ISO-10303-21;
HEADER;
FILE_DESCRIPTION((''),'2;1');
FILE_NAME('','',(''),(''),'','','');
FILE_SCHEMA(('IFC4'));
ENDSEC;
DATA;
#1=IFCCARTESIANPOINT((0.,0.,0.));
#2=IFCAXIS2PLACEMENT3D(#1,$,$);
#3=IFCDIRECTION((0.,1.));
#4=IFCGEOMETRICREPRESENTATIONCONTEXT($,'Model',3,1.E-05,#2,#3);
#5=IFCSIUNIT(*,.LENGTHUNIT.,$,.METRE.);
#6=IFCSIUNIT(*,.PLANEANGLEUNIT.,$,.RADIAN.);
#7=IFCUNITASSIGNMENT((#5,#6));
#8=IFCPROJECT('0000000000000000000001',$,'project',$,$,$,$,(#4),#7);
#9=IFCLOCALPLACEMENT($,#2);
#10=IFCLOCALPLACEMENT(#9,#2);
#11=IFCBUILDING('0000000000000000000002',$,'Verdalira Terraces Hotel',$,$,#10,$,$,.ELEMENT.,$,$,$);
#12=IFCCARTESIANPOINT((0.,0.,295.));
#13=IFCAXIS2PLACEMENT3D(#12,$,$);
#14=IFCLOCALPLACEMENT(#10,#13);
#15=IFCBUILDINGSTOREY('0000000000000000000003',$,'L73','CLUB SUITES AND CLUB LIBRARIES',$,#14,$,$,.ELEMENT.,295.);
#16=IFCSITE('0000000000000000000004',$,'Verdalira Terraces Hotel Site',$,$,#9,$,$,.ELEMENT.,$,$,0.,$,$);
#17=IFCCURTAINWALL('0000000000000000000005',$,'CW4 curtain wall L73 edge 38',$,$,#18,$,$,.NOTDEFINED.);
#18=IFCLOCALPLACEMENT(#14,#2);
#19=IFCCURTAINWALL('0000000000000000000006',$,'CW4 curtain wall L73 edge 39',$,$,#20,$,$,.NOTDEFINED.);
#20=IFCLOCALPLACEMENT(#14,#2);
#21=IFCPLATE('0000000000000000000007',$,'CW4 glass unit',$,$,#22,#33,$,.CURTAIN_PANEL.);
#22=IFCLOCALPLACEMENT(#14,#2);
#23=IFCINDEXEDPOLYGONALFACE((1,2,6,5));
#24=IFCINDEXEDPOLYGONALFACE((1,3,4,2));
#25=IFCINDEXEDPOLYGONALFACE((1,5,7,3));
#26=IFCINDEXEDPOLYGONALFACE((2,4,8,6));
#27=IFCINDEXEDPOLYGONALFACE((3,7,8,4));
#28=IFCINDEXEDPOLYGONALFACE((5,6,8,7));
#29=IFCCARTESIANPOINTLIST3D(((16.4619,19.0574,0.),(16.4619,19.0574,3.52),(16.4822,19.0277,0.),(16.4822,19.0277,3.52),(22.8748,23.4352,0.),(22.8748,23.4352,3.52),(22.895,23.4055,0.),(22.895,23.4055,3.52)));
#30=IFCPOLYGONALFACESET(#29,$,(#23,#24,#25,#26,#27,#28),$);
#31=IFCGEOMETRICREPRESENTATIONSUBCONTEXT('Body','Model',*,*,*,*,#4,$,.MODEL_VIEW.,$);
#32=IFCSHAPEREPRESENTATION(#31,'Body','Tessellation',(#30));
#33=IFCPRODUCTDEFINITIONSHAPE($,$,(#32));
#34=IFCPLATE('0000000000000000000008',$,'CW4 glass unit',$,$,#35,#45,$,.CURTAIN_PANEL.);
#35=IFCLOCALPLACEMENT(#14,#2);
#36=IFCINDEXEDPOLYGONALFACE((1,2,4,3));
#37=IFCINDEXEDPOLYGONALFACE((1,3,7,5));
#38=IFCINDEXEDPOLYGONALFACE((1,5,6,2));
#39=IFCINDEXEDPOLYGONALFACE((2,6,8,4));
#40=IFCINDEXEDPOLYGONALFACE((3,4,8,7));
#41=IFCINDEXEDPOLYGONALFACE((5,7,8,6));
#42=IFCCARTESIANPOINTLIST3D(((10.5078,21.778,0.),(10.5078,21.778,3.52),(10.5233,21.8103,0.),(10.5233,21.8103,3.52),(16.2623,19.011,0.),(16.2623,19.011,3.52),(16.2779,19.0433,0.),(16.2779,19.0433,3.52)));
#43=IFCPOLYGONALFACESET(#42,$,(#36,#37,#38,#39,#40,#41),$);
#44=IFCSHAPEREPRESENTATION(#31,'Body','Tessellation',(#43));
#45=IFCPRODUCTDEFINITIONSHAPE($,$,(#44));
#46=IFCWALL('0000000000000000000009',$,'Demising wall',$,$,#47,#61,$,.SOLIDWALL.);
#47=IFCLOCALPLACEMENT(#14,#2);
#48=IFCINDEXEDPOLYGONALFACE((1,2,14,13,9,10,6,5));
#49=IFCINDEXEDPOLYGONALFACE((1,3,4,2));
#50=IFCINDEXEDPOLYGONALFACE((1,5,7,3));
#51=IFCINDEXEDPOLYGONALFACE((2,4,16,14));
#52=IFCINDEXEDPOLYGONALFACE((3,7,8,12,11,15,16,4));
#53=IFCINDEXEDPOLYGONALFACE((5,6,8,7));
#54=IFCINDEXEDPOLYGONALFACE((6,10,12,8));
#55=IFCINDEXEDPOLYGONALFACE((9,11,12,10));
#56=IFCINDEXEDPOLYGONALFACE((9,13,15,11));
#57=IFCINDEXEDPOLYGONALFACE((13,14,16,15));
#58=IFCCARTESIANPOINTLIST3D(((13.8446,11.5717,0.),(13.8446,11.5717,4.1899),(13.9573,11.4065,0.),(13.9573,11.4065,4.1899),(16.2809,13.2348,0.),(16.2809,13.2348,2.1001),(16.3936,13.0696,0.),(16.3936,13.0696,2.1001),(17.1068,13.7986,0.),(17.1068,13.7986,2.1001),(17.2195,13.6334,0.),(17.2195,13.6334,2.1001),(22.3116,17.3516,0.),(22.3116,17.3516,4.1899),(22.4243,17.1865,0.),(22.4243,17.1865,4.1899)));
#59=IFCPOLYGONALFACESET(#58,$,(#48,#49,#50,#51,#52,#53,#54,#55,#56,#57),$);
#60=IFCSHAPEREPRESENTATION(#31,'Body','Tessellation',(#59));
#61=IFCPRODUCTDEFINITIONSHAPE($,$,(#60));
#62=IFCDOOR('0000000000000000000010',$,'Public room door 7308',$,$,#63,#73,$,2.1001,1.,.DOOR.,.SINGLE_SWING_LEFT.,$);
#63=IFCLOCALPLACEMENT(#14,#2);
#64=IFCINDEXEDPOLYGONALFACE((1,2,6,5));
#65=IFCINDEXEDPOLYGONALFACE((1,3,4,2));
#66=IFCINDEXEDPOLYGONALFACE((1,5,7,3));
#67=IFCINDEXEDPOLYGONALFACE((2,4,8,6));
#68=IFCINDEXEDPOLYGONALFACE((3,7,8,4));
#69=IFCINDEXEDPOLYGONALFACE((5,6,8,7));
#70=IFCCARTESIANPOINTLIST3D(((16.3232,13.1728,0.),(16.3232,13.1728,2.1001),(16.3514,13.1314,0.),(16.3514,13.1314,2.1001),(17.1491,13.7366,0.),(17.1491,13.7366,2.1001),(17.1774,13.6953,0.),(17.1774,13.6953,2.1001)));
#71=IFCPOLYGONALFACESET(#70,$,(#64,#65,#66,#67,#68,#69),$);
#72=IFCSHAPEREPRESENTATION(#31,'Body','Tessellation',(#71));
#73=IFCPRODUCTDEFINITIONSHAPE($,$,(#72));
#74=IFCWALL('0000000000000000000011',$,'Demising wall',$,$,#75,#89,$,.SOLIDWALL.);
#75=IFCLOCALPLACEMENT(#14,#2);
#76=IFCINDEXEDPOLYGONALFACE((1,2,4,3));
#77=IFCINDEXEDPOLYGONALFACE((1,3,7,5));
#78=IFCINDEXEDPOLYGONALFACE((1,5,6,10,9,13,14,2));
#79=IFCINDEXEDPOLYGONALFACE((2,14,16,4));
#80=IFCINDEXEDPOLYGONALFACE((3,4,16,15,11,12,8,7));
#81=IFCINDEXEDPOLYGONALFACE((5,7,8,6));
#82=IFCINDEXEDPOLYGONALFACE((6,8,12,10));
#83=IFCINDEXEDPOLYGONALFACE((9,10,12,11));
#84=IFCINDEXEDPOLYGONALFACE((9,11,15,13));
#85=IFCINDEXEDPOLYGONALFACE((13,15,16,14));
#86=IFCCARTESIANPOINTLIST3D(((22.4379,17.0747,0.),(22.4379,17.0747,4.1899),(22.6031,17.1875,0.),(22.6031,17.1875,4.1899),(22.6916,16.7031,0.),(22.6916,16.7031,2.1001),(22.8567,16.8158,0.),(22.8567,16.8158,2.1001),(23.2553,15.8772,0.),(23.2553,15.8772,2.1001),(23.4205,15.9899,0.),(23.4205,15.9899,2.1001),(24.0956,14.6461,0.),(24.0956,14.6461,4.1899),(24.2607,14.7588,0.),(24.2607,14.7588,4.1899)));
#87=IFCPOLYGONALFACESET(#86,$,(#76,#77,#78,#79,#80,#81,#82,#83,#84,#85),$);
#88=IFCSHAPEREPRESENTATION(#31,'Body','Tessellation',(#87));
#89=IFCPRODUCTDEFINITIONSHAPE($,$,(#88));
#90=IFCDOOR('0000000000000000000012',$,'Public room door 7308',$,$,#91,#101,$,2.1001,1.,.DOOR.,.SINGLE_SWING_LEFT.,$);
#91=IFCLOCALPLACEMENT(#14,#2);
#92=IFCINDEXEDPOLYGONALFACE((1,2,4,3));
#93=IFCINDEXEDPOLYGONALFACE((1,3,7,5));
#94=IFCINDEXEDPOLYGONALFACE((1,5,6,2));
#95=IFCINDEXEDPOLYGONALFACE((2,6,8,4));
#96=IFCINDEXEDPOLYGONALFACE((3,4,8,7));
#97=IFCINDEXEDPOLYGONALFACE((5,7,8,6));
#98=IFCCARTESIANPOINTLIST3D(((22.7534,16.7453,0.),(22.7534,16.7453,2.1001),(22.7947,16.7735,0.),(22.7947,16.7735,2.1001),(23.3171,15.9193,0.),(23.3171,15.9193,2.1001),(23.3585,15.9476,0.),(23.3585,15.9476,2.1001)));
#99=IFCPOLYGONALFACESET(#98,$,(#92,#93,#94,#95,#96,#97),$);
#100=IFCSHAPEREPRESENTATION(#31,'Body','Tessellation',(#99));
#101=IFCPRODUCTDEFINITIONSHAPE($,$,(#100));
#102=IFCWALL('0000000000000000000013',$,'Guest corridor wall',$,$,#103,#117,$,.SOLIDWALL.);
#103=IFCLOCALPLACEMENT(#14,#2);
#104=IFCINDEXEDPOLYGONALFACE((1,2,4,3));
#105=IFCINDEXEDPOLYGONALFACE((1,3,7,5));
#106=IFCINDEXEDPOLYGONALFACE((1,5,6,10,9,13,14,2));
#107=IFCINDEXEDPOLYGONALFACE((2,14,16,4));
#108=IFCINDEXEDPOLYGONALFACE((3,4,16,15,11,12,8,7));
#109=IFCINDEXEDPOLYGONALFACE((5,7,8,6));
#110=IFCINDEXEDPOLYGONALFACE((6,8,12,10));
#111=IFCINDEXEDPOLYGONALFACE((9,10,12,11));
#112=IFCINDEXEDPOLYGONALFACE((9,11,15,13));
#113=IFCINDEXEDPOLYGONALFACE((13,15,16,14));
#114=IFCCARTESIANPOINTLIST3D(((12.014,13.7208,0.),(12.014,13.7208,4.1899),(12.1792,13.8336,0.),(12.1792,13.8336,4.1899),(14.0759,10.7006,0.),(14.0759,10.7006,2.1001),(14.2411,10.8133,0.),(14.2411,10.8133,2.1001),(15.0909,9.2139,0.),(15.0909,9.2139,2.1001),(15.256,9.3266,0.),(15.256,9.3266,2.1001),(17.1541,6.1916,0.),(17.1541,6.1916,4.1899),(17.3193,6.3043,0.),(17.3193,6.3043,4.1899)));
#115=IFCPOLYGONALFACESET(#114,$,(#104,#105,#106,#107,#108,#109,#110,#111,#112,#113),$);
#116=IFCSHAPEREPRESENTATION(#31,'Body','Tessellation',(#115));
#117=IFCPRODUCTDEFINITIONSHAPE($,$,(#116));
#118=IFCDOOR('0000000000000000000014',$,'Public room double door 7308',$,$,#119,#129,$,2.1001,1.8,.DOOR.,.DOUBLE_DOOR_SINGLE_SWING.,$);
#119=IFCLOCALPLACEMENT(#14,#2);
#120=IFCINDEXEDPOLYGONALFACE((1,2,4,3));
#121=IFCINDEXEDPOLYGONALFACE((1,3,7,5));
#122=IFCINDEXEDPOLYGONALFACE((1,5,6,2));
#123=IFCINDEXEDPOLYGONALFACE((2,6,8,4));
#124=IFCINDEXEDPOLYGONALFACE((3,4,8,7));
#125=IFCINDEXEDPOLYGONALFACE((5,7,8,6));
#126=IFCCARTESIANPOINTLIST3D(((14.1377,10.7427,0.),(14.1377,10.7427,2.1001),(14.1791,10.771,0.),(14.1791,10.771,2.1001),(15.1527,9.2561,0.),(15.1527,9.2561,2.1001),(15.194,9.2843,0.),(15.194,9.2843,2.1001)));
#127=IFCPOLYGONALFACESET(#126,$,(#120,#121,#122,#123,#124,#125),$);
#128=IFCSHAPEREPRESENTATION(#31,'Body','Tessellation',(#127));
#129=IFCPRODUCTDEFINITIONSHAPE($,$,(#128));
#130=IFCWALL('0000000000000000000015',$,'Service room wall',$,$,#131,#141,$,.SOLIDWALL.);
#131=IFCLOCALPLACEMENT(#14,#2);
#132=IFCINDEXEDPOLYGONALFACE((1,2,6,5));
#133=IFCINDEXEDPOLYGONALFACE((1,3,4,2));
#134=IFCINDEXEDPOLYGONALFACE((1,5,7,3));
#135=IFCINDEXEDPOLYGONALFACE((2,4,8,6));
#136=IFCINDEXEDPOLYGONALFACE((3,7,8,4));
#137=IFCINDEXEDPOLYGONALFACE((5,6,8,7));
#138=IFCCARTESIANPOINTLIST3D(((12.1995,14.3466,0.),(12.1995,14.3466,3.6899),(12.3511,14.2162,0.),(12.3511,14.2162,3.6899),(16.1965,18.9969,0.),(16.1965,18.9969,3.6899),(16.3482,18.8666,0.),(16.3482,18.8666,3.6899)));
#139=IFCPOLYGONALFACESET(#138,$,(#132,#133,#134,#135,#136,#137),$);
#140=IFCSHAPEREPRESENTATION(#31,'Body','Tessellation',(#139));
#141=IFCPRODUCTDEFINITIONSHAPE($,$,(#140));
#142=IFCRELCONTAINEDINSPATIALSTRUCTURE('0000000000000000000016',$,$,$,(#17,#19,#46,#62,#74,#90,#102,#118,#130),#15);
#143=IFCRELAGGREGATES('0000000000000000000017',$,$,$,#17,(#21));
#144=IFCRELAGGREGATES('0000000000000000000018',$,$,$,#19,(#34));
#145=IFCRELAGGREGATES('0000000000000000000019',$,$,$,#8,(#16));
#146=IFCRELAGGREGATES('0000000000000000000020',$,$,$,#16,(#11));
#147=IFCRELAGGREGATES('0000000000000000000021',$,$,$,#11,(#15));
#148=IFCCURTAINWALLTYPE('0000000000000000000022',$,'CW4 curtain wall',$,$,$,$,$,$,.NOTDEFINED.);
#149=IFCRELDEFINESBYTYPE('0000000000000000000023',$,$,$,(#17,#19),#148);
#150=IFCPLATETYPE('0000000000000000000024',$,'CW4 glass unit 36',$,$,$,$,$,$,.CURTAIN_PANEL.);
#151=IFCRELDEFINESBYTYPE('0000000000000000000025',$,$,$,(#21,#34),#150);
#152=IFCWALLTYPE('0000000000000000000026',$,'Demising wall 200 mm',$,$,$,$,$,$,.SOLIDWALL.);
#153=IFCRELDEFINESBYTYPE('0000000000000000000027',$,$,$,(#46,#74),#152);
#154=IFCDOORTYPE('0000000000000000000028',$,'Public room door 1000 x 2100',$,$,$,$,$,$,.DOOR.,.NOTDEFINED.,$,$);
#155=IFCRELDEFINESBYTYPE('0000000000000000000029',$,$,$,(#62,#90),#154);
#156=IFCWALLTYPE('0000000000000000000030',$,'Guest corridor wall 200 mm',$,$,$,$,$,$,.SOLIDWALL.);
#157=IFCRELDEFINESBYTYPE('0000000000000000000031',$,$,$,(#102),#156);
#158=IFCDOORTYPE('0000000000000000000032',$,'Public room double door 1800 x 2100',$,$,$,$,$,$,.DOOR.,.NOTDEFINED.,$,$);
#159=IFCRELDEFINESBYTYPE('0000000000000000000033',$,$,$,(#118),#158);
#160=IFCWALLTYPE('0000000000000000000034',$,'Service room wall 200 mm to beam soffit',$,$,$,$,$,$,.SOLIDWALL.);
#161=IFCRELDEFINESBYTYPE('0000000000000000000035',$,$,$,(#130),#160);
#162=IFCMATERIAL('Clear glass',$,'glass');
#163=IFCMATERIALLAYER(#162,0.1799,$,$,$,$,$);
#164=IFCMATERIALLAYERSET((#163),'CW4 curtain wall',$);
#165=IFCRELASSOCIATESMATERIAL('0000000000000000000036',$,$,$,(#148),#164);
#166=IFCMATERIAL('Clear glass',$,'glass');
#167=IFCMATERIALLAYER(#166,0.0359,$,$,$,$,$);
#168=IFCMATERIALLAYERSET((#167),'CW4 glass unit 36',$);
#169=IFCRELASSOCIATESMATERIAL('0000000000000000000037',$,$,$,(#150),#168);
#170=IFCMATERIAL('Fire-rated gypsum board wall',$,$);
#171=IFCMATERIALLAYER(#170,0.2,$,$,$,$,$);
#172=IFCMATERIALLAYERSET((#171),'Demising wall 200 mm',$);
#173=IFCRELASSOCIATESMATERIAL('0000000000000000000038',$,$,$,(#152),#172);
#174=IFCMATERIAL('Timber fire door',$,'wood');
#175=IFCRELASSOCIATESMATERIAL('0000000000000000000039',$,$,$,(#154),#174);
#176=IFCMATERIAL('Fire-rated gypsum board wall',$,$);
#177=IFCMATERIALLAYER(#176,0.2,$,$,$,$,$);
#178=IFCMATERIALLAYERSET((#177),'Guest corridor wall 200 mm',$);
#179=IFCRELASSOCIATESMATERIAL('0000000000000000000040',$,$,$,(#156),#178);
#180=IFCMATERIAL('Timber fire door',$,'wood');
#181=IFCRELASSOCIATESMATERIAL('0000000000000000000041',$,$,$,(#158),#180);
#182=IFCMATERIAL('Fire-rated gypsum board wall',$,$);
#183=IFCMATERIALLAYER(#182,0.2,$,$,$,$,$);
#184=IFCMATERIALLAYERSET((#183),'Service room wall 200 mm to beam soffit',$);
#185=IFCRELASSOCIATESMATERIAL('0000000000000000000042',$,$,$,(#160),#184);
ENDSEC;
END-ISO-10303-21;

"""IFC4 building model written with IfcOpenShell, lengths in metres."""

from ifc_helpers import new_model, si_unit, direction, frame, frame_2d, origin, origin_2d, place, context, subcontext, project, spatial, rectangle, extrude, material, layer, layer_set, type_object, element, fill, aggregate, save


model = new_model("IFC4")

# Units and contexts
model_context = context("Model", 3, precision=1e-05, world=origin(), true_north=direction((0.0, 1.0)))
body_context = subcontext(model_context, "Body", "Model", "MODEL_VIEW")
ifc_project = project(units=[si_unit("LENGTHUNIT", "METRE"), si_unit("PLANEANGLEUNIT", "RADIAN")], contexts=[model_context])

# Site, building, storey
site_placement = place(None, origin())
site = spatial("IfcSite", under=ifc_project, at=site_placement, Name="Verdalira Terraces Hotel Site", CompositionType="ELEMENT", RefElevation=0.0)
building_placement = place(site_placement, origin())
building = spatial("IfcBuilding", under=site, at=building_placement, Name="Verdalira Terraces Hotel", CompositionType="ELEMENT")
storey_placement = place(building_placement, frame((0.0, 0.0, 295.0)))
storey = spatial("IfcBuildingStorey", under=building, at=storey_placement, Name="L73", Description="CLUB SUITES AND CLUB LIBRARIES", CompositionType="ELEMENT", Elevation=295.0)

# Curtain walls
ifc_material_1 = material(Name="Clear glass", Category="glass")
ifc_layer_1 = layer(ifc_material_1, 0.1799)
ifc_layer_set_1 = layer_set([ifc_layer_1], Name="CW4 curtain wall")
curtain_wall_type = type_object("IfcCurtainWallType", Name="CW4 curtain wall", PredefinedType="NOTDEFINED", material=ifc_layer_set_1)
curtain_wall_1_placement = place(storey_placement, origin())
curtain_wall_1 = element("IfcCurtainWall", 1, at=curtain_wall_1_placement, inside=storey, type_object=curtain_wall_type, Name="CW4 curtain wall L73 edge 38", PredefinedType="NOTDEFINED")
curtain_wall_2_placement = place(storey_placement, origin())
curtain_wall_2 = element("IfcCurtainWall", 2, at=curtain_wall_2_placement, inside=storey, type_object=curtain_wall_type, Name="CW4 curtain wall L73 edge 39", PredefinedType="NOTDEFINED")

# Plates
ifc_material_2 = material(Name="Clear glass", Category="glass")
ifc_layer_2 = layer(ifc_material_2, 0.0359)
ifc_layer_set_2 = layer_set([ifc_layer_2], Name="CW4 glass unit 36")
plate_type = type_object("IfcPlateType", Name="CW4 glass unit 36", PredefinedType="CURTAIN_PANEL", material=ifc_layer_set_2)
plate_1_placement = place(storey_placement, frame((19.6785, 21.2314, 0.0), z_axis=(0.0, 0.0, 1.0), x_axis=(-0.825902, -0.563814, 0.0)))
plate_1 = element("IfcPlate", 3, at=plate_1_placement, type_object=plate_type, Name="CW4 glass unit", PredefinedType="CURTAIN_PANEL", context=body_context, shape_type="SweptSolid", body=[
    extrude(rectangle(XDim=7.7646, YDim=0.0359, at=origin_2d()), origin(), (0.0, 0.0, 1.0), 3.52),
])
aggregate(curtain_wall_1, [plate_1])
plate_2_placement = place(storey_placement, frame((13.3928, 20.4106, 0.0), z_axis=(0.0, 0.0, 1.0), x_axis=(-0.901228, 0.433345, 0.0)))
plate_2 = element("IfcPlate", 4, at=plate_2_placement, type_object=plate_type, Name="CW4 glass unit", PredefinedType="CURTAIN_PANEL", context=body_context, shape_type="SweptSolid", body=[
    extrude(rectangle(XDim=6.3853, YDim=0.0359, at=origin_2d()), origin(), (0.0, 0.0, 1.0), 3.52),
])
aggregate(curtain_wall_2, [plate_2])

# Walls, openings, doors
ifc_material_3 = material(Name="Fire-rated gypsum board wall")
ifc_layer_3 = layer(ifc_material_3, 0.2)
ifc_layer_set_3 = layer_set([ifc_layer_3], Name="Demising wall 200 mm")
wall_type_1 = type_object("IfcWallType", Name="Demising wall 200 mm", PredefinedType="SOLIDWALL", material=ifc_layer_set_3)
wall_1_placement = place(storey_placement, frame((13.9009, 11.489, 0.0), z_axis=(0.0, 0.0, 1.0), x_axis=(0.825907, 0.563806, 0.0)))
wall_1 = element("IfcWall", 5, at=wall_1_placement, inside=storey, type_object=wall_type_1, Name="Demising wall", PredefinedType="SOLIDWALL", context=body_context, shape_type="SweptSolid", body=[
    extrude(rectangle(XDim=10.2517, YDim=0.2, at=frame_2d((5.126, 0.0))), origin(), (0.0, 0.0, 1.0), 4.1899),
])
opening_1_placement = place(wall_1_placement, frame((2.95, 0.0, 0.0)))
opening_1 = element("IfcOpeningElement", 6, at=opening_1_placement, cuts=wall_1, PredefinedType="OPENING", context=body_context, shape_type="SweptSolid", body=[
    extrude(rectangle(XDim=1.0, YDim=2.1001, at=frame_2d((0.5, 1.05))), frame((0.0, 0.1099, 0.0), z_axis=(0.0, -1.0, 0.0), x_axis=(1.0, 0.0, 0.0)), (0.0, 0.0, 1.0), 0.22),
])
ifc_material_4 = material(Name="Timber fire door", Category="wood")
door_type_1 = type_object("IfcDoorType", Name="Public room door 1000 x 2100", OperationType="NOTDEFINED", PredefinedType="DOOR", material=ifc_material_4)
door_1_placement = place(opening_1_placement, origin())
door_1 = element("IfcDoor", 7, at=door_1_placement, inside=storey, type_object=door_type_1, Name="Public room door 7308", OperationType="SINGLE_SWING_LEFT", OverallHeight=2.1001, OverallWidth=1.0, PredefinedType="DOOR", context=body_context, shape_type="SweptSolid", body=[
    extrude(rectangle(XDim=1.0, YDim=2.1001, at=frame_2d((0.5, 1.05))), frame((0.0, 0.0249, 0.0), z_axis=(0.0, -1.0, 0.0), x_axis=(1.0, 0.0, 0.0)), (0.0, 0.0, 1.0), 0.05),
])
fill(opening_1, door_1)
wall_2_placement = place(storey_placement, frame((22.5205, 17.1311, 0.0), z_axis=(0.0, 0.0, 1.0), x_axis=(0.563749, -0.825946, 0.0)))
wall_2 = element("IfcWall", 8, at=wall_2_placement, inside=storey, type_object=wall_type_1, Name="Demising wall", PredefinedType="SOLIDWALL", context=body_context, shape_type="SweptSolid", body=[
    extrude(rectangle(XDim=2.9404, YDim=0.2, at=frame_2d((1.4702, 0.0))), origin(), (0.0, 0.0, 1.0), 4.1899),
])
opening_2_placement = place(wall_2_placement, frame((0.45, 0.0, 0.0)))
opening_2 = element("IfcOpeningElement", 9, at=opening_2_placement, cuts=wall_2, PredefinedType="OPENING", context=body_context, shape_type="SweptSolid", body=[
    extrude(rectangle(XDim=1.0, YDim=2.1001, at=frame_2d((0.5, 1.05))), frame((0.0, 0.1099, 0.0), z_axis=(0.0, -1.0, 0.0), x_axis=(1.0, 0.0, 0.0)), (0.0, 0.0, 1.0), 0.22),
])
door_2_placement = place(opening_2_placement, origin())
door_2 = element("IfcDoor", 10, at=door_2_placement, inside=storey, type_object=door_type_1, Name="Public room door 7308", OperationType="SINGLE_SWING_LEFT", OverallHeight=2.1001, OverallWidth=1.0, PredefinedType="DOOR", context=body_context, shape_type="SweptSolid", body=[
    extrude(rectangle(XDim=1.0, YDim=2.1001, at=frame_2d((0.5, 1.05))), frame((0.0, 0.0249, 0.0), z_axis=(0.0, -1.0, 0.0), x_axis=(1.0, 0.0, 0.0)), (0.0, 0.0, 1.0), 0.05),
])
fill(opening_2, door_2)
ifc_material_5 = material(Name="Fire-rated gypsum board wall")
ifc_layer_4 = layer(ifc_material_5, 0.2)
ifc_layer_set_4 = layer_set([ifc_layer_4], Name="Guest corridor wall 200 mm")
wall_type_2 = type_object("IfcWallType", Name="Guest corridor wall 200 mm", PredefinedType="SOLIDWALL", material=ifc_layer_set_4)
wall_3_placement = place(storey_placement, frame((12.0967, 13.7771, 0.0), z_axis=(0.0, 0.0, 1.0), x_axis=(0.563825, -0.825894, 0.0)))
wall_3 = element("IfcWall", 11, at=wall_3_placement, inside=storey, type_object=wall_type_2, Name="Guest corridor wall", PredefinedType="SOLIDWALL", context=body_context, shape_type="SweptSolid", body=[
    extrude(rectangle(XDim=9.1165, YDim=0.2, at=frame_2d((4.5581, 0.0))), origin(), (0.0, 0.0, 1.0), 4.1899),
])
opening_3_placement = place(wall_3_placement, frame((3.657, 0.0, 0.0)))
opening_3 = element("IfcOpeningElement", 12, at=opening_3_placement, cuts=wall_3, PredefinedType="OPENING", context=body_context, shape_type="SweptSolid", body=[
    extrude(rectangle(XDim=1.8, YDim=2.1001, at=frame_2d((0.8999, 1.05))), frame((0.0, 0.1099, 0.0), z_axis=(0.0, -1.0, 0.0), x_axis=(1.0, 0.0, 0.0)), (0.0, 0.0, 1.0), 0.22),
])
ifc_material_6 = material(Name="Timber fire door", Category="wood")
door_type_2 = type_object("IfcDoorType", Name="Public room double door 1800 x 2100", OperationType="NOTDEFINED", PredefinedType="DOOR", material=ifc_material_6)
door_3_placement = place(opening_3_placement, origin())
door_3 = element("IfcDoor", 13, at=door_3_placement, inside=storey, type_object=door_type_2, Name="Public room double door 7308", OperationType="DOUBLE_DOOR_SINGLE_SWING", OverallHeight=2.1001, OverallWidth=1.8, PredefinedType="DOOR", context=body_context, shape_type="SweptSolid", body=[
    extrude(rectangle(XDim=1.8, YDim=2.1001, at=frame_2d((0.8999, 1.05))), frame((0.0, 0.0249, 0.0), z_axis=(0.0, -1.0, 0.0), x_axis=(1.0, 0.0, 0.0)), (0.0, 0.0, 1.0), 0.05),
])
fill(opening_3, door_3)

# Wall
ifc_material_7 = material(Name="Fire-rated gypsum board wall")
ifc_layer_5 = layer(ifc_material_7, 0.2)
ifc_layer_set_5 = layer_set([ifc_layer_5], Name="Service room wall 200 mm to beam soffit")
wall_type_3 = type_object("IfcWallType", Name="Service room wall 200 mm to beam soffit", PredefinedType="SOLIDWALL", material=ifc_layer_set_5)
wall_4_placement = place(storey_placement, frame((12.2754, 14.2815, 0.0), z_axis=(0.0, 0.0, 1.0), x_axis=(0.651827, 0.758368, 0.0)))
element("IfcWall", 14, at=wall_4_placement, inside=storey, type_object=wall_type_3, Name="Service room wall", PredefinedType="SOLIDWALL", context=body_context, shape_type="SweptSolid", body=[
    extrude(rectangle(XDim=6.1321, YDim=0.2, at=frame_2d((3.0659, 0.0))), origin(), (0.0, 0.0, 1.0), 3.6899),
])

save(model, "model.ifc")
